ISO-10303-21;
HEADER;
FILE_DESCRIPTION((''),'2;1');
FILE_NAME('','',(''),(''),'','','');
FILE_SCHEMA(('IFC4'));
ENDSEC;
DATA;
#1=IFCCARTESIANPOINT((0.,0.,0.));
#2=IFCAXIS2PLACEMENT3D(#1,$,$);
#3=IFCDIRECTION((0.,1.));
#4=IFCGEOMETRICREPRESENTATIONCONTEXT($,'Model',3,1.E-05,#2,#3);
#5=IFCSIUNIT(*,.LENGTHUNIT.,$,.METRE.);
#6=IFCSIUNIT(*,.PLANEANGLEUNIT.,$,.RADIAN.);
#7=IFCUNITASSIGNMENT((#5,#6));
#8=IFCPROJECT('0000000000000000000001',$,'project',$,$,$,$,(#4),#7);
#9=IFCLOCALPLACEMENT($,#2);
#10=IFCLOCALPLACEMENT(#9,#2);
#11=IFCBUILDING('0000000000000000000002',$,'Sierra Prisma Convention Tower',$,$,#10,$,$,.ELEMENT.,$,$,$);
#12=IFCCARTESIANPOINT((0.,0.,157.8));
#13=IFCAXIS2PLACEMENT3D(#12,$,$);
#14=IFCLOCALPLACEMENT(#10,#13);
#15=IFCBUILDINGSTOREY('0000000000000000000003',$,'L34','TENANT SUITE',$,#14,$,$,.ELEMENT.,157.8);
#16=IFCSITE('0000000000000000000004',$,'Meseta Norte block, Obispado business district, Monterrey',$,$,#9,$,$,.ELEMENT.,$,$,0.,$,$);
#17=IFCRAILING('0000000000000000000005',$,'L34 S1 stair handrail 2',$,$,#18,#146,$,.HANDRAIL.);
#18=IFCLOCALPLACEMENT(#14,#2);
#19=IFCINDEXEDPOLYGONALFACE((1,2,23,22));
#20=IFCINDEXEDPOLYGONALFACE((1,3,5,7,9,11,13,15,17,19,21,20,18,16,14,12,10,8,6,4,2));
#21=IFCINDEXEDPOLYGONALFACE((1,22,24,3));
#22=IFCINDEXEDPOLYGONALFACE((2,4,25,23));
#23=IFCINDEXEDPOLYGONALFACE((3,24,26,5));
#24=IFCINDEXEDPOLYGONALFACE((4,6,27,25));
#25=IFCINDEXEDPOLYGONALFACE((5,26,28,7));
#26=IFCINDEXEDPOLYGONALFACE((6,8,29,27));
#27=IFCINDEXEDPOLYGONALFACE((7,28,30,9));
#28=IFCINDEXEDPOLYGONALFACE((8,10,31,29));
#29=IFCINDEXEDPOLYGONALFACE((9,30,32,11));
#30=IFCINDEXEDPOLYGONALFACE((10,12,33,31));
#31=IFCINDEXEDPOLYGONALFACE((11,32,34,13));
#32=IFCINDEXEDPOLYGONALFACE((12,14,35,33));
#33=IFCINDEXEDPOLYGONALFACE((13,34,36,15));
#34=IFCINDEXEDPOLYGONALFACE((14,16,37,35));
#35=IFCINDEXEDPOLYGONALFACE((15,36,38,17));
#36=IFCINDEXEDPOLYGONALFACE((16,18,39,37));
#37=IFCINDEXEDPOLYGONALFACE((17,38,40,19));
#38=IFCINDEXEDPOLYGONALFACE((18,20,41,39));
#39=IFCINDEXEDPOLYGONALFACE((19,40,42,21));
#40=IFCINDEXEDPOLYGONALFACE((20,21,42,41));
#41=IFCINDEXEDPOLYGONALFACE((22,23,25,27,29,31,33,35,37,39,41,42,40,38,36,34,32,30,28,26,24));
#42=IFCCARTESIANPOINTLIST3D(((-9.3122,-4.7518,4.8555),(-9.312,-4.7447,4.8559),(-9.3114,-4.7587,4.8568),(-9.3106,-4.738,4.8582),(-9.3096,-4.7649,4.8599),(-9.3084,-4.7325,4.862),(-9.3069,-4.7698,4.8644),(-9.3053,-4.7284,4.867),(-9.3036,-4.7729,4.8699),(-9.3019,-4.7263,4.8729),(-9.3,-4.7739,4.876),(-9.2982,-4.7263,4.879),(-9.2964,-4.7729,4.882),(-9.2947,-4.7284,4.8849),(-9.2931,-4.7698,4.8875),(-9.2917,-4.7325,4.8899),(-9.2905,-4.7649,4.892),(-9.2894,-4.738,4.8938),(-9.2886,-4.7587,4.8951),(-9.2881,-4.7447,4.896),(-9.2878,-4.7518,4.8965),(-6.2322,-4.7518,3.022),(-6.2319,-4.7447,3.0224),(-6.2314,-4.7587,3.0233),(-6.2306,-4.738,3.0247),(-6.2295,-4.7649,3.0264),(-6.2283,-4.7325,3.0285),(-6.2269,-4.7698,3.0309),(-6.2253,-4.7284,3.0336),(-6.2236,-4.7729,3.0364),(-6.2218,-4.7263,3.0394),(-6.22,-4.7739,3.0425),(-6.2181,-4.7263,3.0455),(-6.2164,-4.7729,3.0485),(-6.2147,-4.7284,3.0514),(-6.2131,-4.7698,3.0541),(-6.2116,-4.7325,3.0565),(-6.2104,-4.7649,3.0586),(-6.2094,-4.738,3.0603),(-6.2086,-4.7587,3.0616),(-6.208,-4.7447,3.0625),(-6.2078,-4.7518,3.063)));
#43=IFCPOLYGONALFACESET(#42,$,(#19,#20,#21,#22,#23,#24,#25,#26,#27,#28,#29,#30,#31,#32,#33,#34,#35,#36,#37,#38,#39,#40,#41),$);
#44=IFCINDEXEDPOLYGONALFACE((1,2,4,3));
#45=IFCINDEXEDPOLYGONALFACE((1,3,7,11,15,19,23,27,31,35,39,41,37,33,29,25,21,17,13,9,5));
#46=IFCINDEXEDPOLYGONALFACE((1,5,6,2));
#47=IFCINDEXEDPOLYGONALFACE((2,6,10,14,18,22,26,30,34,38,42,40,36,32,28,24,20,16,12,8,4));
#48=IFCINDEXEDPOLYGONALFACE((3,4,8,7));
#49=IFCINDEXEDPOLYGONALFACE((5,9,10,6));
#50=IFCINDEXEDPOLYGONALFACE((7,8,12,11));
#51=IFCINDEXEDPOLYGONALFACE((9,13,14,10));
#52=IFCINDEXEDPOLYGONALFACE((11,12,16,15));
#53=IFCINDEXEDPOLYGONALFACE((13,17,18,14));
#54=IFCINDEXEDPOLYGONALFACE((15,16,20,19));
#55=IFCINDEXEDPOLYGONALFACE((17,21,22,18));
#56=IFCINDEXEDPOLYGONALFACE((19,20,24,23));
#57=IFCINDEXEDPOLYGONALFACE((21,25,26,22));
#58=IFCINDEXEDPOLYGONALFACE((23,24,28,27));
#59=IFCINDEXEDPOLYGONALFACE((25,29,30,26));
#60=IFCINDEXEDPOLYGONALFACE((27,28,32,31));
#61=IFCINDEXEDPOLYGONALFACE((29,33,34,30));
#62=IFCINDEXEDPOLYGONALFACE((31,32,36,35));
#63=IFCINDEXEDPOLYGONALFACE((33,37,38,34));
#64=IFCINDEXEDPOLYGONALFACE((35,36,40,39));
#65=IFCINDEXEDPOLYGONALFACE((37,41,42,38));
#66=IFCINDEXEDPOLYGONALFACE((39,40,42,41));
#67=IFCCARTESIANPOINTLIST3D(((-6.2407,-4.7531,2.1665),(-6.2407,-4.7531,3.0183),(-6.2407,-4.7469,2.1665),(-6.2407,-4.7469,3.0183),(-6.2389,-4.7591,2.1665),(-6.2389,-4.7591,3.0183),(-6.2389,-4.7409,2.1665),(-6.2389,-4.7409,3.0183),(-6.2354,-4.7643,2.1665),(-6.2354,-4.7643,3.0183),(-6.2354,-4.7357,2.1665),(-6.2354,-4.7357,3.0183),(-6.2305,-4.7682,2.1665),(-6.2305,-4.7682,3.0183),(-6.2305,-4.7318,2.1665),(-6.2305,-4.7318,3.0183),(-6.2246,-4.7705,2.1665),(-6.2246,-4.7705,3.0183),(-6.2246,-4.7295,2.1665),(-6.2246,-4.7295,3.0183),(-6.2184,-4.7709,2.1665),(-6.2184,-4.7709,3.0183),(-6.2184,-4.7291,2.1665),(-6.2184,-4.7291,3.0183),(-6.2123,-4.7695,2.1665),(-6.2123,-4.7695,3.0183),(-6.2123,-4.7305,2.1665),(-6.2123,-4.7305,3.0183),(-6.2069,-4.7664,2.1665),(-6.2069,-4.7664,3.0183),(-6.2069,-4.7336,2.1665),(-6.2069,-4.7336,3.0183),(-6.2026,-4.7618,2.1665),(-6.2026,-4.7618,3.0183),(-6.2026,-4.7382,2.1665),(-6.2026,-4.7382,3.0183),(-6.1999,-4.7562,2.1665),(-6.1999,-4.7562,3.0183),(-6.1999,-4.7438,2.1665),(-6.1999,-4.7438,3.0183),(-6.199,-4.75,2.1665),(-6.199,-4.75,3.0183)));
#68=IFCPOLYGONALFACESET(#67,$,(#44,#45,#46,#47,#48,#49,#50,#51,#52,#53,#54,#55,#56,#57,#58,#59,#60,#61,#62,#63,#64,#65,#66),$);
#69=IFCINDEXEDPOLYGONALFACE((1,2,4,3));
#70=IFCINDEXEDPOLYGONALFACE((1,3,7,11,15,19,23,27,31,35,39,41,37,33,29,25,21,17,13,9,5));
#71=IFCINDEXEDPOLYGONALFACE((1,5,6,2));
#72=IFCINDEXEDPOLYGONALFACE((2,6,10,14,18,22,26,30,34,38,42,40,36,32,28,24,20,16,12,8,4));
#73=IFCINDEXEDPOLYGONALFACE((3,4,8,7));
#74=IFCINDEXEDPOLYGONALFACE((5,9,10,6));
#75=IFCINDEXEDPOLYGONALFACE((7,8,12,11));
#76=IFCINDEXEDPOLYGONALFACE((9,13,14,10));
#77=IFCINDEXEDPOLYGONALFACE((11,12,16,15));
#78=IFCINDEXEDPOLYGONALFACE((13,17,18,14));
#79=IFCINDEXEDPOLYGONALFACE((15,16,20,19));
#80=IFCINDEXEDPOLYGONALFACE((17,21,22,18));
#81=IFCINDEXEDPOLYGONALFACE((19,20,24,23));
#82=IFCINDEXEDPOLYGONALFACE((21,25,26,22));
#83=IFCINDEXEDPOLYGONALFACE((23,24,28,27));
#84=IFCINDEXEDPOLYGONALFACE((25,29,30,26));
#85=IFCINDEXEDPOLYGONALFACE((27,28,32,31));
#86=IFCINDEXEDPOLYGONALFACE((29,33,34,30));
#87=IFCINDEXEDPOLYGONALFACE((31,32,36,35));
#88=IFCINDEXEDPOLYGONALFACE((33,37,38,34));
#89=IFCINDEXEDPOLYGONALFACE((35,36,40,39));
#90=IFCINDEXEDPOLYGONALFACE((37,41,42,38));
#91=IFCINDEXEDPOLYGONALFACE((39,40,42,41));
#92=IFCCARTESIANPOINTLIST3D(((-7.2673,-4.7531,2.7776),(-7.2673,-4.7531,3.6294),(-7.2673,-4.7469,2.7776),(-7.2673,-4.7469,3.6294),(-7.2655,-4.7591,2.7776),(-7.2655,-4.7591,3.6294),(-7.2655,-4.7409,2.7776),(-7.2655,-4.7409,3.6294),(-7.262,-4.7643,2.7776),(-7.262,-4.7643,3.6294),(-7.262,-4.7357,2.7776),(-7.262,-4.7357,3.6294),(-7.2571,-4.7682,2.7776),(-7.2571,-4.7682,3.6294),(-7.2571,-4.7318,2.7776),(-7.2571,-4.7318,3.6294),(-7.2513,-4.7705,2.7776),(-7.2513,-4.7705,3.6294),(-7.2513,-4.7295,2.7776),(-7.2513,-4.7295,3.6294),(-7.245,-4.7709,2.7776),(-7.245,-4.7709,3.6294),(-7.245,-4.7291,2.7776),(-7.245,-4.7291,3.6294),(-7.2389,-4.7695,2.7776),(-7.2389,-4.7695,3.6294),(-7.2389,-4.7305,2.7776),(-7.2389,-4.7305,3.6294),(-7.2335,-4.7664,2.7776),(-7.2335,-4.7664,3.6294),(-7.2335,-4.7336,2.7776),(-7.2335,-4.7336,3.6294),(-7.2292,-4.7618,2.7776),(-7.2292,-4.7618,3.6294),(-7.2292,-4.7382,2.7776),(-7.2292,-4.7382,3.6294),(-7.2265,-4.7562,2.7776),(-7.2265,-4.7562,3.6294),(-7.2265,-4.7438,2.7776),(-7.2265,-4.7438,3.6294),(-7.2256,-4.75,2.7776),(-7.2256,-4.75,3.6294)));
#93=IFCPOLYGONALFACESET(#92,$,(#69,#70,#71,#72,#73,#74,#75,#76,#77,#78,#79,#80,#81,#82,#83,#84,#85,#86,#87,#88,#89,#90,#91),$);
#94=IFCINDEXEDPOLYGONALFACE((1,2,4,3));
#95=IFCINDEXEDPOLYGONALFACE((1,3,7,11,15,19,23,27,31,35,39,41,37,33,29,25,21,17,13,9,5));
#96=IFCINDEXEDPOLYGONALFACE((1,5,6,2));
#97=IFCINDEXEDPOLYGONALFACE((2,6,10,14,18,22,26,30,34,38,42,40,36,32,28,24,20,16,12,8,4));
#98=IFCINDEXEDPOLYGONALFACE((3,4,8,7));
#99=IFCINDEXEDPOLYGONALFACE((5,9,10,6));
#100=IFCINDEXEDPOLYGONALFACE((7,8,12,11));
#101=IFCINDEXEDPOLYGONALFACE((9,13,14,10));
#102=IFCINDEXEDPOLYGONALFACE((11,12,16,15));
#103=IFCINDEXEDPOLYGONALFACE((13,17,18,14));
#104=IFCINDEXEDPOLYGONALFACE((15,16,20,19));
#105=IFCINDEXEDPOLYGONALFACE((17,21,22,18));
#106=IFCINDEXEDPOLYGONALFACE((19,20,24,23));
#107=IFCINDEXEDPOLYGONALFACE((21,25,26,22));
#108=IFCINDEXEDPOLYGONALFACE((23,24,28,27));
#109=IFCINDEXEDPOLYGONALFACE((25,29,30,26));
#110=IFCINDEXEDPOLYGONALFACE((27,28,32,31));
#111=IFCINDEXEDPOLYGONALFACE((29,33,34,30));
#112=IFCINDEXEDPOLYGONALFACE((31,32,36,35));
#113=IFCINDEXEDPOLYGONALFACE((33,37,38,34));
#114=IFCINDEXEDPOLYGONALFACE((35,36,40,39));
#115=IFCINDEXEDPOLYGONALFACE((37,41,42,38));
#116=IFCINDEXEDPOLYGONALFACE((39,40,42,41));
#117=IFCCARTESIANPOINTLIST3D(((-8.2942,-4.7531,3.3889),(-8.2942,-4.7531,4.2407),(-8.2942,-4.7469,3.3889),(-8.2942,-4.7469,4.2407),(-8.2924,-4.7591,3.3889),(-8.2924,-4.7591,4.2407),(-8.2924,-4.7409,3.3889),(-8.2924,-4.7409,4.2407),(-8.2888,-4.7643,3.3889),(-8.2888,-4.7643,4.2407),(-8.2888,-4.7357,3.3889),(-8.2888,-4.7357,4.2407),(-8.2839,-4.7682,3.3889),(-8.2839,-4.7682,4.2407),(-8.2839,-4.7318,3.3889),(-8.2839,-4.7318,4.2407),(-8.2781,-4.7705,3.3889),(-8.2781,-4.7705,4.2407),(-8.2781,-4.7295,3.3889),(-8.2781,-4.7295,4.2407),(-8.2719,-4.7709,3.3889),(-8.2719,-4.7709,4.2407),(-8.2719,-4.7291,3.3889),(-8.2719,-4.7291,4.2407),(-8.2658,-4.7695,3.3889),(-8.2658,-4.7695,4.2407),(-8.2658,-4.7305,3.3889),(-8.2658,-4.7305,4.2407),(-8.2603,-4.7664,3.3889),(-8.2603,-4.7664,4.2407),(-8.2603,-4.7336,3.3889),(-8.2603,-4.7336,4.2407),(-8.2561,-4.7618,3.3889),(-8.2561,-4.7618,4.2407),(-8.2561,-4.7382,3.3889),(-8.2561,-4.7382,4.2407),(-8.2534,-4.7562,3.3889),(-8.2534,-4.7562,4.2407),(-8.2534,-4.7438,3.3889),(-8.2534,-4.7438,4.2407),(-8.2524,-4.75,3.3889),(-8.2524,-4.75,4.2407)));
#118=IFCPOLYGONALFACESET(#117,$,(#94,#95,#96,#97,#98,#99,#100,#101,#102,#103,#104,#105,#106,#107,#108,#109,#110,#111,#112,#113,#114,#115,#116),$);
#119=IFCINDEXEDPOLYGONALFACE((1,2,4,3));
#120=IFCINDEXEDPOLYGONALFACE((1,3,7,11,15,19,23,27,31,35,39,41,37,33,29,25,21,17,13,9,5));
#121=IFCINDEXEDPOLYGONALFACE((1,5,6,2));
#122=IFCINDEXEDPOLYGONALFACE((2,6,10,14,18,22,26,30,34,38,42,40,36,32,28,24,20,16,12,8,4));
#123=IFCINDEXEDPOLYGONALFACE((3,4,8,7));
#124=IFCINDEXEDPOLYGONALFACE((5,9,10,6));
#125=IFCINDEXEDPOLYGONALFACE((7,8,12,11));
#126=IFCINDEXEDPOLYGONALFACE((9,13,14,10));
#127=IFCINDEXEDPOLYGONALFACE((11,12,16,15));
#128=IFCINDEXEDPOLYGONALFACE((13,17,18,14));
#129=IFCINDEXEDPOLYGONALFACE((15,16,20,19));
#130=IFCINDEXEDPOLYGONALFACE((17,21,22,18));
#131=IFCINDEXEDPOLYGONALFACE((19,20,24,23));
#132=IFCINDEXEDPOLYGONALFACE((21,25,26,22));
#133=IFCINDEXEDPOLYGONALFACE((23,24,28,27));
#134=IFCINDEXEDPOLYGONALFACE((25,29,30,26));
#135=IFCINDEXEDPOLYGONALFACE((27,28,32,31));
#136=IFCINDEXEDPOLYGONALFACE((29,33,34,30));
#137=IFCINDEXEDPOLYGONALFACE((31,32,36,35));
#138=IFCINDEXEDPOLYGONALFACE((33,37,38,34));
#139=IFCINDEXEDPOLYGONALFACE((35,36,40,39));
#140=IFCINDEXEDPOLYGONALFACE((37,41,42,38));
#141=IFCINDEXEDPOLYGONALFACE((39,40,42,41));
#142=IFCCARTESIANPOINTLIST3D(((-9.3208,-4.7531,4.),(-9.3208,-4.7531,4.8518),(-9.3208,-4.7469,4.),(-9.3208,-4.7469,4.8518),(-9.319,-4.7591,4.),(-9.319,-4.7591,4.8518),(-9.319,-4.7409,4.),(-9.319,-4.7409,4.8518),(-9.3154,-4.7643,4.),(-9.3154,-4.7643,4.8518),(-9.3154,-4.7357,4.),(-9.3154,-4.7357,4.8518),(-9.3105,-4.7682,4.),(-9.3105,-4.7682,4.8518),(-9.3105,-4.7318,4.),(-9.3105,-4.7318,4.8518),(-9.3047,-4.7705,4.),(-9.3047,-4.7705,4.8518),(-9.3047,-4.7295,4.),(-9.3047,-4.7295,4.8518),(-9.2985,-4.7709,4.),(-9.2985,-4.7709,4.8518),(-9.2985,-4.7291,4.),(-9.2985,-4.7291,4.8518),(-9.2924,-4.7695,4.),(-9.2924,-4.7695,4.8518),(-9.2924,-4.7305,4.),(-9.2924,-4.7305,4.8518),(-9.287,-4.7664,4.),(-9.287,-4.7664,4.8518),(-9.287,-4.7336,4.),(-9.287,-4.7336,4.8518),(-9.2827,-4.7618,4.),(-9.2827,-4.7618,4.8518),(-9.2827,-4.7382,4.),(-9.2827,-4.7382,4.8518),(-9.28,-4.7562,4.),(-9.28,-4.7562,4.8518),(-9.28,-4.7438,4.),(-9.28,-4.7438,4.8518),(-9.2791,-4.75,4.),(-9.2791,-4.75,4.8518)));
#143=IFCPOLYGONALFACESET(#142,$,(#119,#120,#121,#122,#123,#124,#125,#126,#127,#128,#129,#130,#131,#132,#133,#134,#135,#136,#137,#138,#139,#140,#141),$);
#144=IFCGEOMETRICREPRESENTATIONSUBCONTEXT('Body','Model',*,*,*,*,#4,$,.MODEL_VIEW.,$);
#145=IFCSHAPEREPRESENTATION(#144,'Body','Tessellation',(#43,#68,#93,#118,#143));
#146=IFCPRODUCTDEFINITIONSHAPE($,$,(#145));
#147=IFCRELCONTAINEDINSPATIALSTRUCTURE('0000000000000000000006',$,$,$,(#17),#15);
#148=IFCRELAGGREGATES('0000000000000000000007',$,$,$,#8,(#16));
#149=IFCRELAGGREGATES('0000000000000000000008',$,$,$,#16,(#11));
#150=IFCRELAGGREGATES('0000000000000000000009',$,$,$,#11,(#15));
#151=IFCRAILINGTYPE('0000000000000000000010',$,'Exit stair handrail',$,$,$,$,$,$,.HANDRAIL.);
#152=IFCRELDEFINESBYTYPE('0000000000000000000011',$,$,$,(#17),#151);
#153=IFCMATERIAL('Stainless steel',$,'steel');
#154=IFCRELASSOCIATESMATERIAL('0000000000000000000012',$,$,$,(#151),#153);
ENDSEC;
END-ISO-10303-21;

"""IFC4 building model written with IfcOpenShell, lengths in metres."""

from ifc_helpers import new_model, si_unit, direction, frame, origin, origin_2d, place, context, subcontext, project, spatial, circle, extrude, material, type_object, element, save


model = new_model("IFC4")

# Units and contexts
model_context = context("Model", 3, precision=1e-05, world=origin(), true_north=direction((0.0, 1.0)))
body_context = subcontext(model_context, "Body", "Model", "MODEL_VIEW")
ifc_project = project(units=[si_unit("LENGTHUNIT", "METRE"), si_unit("PLANEANGLEUNIT", "RADIAN")], contexts=[model_context])

# Site, building, storey
site_placement = place(None, origin())
site = spatial("IfcSite", under=ifc_project, at=site_placement, Name="Meseta Norte block, Obispado business district, Monterrey", CompositionType="ELEMENT", RefElevation=0.0)
building_placement = place(site_placement, origin())
building = spatial("IfcBuilding", under=site, at=building_placement, Name="Sierra Prisma Convention Tower", CompositionType="ELEMENT")
storey_placement = place(building_placement, frame((0.0, 0.0, 157.8)))
storey = spatial("IfcBuildingStorey", under=building, at=storey_placement, Name="L34", Description="TENANT SUITE", CompositionType="ELEMENT", Elevation=157.8)

# Railing
ifc_material_1 = material(Name="Stainless steel", Category="steel")
railing_type_1 = type_object("IfcRailingType", Name="Exit stair handrail", PredefinedType="HANDRAIL", material=ifc_material_1)
railing_1_placement = place(storey_placement, frame((-6.22, -4.75, 2.1665)))
element("IfcRailing", 1, at=railing_1_placement, inside=storey, type_object=railing_type_1, Name="L34 S1 stair handrail 2", PredefinedType="HANDRAIL", context=body_context, shape_type="SweptSolid", body=[
    extrude(circle(Radius=0.0239, at=origin_2d()), frame((0.0, 0.0, 0.876), z_axis=(-0.859279, 0.0, 0.511508), x_axis=(0.0, -1.0, 0.0)), (0.0, 0.0, 1.0), 3.5845),
    extrude(circle(Radius=0.021, at=origin_2d()), origin(), (0.0, 0.0, 1.0), 0.8518),
    extrude(circle(Radius=0.021, at=origin_2d()), frame((-1.0266, 0.0, 0.6111)), (0.0, 0.0, 1.0), 0.8518),
    extrude(circle(Radius=0.021, at=origin_2d()), frame((-2.0535, 0.0, 1.2224)), (0.0, 0.0, 1.0), 0.8518),
    extrude(circle(Radius=0.021, at=origin_2d()), frame((-3.0801, 0.0, 1.8335)), (0.0, 0.0, 1.0), 0.8518),
])

save(model, "model.ifc")
